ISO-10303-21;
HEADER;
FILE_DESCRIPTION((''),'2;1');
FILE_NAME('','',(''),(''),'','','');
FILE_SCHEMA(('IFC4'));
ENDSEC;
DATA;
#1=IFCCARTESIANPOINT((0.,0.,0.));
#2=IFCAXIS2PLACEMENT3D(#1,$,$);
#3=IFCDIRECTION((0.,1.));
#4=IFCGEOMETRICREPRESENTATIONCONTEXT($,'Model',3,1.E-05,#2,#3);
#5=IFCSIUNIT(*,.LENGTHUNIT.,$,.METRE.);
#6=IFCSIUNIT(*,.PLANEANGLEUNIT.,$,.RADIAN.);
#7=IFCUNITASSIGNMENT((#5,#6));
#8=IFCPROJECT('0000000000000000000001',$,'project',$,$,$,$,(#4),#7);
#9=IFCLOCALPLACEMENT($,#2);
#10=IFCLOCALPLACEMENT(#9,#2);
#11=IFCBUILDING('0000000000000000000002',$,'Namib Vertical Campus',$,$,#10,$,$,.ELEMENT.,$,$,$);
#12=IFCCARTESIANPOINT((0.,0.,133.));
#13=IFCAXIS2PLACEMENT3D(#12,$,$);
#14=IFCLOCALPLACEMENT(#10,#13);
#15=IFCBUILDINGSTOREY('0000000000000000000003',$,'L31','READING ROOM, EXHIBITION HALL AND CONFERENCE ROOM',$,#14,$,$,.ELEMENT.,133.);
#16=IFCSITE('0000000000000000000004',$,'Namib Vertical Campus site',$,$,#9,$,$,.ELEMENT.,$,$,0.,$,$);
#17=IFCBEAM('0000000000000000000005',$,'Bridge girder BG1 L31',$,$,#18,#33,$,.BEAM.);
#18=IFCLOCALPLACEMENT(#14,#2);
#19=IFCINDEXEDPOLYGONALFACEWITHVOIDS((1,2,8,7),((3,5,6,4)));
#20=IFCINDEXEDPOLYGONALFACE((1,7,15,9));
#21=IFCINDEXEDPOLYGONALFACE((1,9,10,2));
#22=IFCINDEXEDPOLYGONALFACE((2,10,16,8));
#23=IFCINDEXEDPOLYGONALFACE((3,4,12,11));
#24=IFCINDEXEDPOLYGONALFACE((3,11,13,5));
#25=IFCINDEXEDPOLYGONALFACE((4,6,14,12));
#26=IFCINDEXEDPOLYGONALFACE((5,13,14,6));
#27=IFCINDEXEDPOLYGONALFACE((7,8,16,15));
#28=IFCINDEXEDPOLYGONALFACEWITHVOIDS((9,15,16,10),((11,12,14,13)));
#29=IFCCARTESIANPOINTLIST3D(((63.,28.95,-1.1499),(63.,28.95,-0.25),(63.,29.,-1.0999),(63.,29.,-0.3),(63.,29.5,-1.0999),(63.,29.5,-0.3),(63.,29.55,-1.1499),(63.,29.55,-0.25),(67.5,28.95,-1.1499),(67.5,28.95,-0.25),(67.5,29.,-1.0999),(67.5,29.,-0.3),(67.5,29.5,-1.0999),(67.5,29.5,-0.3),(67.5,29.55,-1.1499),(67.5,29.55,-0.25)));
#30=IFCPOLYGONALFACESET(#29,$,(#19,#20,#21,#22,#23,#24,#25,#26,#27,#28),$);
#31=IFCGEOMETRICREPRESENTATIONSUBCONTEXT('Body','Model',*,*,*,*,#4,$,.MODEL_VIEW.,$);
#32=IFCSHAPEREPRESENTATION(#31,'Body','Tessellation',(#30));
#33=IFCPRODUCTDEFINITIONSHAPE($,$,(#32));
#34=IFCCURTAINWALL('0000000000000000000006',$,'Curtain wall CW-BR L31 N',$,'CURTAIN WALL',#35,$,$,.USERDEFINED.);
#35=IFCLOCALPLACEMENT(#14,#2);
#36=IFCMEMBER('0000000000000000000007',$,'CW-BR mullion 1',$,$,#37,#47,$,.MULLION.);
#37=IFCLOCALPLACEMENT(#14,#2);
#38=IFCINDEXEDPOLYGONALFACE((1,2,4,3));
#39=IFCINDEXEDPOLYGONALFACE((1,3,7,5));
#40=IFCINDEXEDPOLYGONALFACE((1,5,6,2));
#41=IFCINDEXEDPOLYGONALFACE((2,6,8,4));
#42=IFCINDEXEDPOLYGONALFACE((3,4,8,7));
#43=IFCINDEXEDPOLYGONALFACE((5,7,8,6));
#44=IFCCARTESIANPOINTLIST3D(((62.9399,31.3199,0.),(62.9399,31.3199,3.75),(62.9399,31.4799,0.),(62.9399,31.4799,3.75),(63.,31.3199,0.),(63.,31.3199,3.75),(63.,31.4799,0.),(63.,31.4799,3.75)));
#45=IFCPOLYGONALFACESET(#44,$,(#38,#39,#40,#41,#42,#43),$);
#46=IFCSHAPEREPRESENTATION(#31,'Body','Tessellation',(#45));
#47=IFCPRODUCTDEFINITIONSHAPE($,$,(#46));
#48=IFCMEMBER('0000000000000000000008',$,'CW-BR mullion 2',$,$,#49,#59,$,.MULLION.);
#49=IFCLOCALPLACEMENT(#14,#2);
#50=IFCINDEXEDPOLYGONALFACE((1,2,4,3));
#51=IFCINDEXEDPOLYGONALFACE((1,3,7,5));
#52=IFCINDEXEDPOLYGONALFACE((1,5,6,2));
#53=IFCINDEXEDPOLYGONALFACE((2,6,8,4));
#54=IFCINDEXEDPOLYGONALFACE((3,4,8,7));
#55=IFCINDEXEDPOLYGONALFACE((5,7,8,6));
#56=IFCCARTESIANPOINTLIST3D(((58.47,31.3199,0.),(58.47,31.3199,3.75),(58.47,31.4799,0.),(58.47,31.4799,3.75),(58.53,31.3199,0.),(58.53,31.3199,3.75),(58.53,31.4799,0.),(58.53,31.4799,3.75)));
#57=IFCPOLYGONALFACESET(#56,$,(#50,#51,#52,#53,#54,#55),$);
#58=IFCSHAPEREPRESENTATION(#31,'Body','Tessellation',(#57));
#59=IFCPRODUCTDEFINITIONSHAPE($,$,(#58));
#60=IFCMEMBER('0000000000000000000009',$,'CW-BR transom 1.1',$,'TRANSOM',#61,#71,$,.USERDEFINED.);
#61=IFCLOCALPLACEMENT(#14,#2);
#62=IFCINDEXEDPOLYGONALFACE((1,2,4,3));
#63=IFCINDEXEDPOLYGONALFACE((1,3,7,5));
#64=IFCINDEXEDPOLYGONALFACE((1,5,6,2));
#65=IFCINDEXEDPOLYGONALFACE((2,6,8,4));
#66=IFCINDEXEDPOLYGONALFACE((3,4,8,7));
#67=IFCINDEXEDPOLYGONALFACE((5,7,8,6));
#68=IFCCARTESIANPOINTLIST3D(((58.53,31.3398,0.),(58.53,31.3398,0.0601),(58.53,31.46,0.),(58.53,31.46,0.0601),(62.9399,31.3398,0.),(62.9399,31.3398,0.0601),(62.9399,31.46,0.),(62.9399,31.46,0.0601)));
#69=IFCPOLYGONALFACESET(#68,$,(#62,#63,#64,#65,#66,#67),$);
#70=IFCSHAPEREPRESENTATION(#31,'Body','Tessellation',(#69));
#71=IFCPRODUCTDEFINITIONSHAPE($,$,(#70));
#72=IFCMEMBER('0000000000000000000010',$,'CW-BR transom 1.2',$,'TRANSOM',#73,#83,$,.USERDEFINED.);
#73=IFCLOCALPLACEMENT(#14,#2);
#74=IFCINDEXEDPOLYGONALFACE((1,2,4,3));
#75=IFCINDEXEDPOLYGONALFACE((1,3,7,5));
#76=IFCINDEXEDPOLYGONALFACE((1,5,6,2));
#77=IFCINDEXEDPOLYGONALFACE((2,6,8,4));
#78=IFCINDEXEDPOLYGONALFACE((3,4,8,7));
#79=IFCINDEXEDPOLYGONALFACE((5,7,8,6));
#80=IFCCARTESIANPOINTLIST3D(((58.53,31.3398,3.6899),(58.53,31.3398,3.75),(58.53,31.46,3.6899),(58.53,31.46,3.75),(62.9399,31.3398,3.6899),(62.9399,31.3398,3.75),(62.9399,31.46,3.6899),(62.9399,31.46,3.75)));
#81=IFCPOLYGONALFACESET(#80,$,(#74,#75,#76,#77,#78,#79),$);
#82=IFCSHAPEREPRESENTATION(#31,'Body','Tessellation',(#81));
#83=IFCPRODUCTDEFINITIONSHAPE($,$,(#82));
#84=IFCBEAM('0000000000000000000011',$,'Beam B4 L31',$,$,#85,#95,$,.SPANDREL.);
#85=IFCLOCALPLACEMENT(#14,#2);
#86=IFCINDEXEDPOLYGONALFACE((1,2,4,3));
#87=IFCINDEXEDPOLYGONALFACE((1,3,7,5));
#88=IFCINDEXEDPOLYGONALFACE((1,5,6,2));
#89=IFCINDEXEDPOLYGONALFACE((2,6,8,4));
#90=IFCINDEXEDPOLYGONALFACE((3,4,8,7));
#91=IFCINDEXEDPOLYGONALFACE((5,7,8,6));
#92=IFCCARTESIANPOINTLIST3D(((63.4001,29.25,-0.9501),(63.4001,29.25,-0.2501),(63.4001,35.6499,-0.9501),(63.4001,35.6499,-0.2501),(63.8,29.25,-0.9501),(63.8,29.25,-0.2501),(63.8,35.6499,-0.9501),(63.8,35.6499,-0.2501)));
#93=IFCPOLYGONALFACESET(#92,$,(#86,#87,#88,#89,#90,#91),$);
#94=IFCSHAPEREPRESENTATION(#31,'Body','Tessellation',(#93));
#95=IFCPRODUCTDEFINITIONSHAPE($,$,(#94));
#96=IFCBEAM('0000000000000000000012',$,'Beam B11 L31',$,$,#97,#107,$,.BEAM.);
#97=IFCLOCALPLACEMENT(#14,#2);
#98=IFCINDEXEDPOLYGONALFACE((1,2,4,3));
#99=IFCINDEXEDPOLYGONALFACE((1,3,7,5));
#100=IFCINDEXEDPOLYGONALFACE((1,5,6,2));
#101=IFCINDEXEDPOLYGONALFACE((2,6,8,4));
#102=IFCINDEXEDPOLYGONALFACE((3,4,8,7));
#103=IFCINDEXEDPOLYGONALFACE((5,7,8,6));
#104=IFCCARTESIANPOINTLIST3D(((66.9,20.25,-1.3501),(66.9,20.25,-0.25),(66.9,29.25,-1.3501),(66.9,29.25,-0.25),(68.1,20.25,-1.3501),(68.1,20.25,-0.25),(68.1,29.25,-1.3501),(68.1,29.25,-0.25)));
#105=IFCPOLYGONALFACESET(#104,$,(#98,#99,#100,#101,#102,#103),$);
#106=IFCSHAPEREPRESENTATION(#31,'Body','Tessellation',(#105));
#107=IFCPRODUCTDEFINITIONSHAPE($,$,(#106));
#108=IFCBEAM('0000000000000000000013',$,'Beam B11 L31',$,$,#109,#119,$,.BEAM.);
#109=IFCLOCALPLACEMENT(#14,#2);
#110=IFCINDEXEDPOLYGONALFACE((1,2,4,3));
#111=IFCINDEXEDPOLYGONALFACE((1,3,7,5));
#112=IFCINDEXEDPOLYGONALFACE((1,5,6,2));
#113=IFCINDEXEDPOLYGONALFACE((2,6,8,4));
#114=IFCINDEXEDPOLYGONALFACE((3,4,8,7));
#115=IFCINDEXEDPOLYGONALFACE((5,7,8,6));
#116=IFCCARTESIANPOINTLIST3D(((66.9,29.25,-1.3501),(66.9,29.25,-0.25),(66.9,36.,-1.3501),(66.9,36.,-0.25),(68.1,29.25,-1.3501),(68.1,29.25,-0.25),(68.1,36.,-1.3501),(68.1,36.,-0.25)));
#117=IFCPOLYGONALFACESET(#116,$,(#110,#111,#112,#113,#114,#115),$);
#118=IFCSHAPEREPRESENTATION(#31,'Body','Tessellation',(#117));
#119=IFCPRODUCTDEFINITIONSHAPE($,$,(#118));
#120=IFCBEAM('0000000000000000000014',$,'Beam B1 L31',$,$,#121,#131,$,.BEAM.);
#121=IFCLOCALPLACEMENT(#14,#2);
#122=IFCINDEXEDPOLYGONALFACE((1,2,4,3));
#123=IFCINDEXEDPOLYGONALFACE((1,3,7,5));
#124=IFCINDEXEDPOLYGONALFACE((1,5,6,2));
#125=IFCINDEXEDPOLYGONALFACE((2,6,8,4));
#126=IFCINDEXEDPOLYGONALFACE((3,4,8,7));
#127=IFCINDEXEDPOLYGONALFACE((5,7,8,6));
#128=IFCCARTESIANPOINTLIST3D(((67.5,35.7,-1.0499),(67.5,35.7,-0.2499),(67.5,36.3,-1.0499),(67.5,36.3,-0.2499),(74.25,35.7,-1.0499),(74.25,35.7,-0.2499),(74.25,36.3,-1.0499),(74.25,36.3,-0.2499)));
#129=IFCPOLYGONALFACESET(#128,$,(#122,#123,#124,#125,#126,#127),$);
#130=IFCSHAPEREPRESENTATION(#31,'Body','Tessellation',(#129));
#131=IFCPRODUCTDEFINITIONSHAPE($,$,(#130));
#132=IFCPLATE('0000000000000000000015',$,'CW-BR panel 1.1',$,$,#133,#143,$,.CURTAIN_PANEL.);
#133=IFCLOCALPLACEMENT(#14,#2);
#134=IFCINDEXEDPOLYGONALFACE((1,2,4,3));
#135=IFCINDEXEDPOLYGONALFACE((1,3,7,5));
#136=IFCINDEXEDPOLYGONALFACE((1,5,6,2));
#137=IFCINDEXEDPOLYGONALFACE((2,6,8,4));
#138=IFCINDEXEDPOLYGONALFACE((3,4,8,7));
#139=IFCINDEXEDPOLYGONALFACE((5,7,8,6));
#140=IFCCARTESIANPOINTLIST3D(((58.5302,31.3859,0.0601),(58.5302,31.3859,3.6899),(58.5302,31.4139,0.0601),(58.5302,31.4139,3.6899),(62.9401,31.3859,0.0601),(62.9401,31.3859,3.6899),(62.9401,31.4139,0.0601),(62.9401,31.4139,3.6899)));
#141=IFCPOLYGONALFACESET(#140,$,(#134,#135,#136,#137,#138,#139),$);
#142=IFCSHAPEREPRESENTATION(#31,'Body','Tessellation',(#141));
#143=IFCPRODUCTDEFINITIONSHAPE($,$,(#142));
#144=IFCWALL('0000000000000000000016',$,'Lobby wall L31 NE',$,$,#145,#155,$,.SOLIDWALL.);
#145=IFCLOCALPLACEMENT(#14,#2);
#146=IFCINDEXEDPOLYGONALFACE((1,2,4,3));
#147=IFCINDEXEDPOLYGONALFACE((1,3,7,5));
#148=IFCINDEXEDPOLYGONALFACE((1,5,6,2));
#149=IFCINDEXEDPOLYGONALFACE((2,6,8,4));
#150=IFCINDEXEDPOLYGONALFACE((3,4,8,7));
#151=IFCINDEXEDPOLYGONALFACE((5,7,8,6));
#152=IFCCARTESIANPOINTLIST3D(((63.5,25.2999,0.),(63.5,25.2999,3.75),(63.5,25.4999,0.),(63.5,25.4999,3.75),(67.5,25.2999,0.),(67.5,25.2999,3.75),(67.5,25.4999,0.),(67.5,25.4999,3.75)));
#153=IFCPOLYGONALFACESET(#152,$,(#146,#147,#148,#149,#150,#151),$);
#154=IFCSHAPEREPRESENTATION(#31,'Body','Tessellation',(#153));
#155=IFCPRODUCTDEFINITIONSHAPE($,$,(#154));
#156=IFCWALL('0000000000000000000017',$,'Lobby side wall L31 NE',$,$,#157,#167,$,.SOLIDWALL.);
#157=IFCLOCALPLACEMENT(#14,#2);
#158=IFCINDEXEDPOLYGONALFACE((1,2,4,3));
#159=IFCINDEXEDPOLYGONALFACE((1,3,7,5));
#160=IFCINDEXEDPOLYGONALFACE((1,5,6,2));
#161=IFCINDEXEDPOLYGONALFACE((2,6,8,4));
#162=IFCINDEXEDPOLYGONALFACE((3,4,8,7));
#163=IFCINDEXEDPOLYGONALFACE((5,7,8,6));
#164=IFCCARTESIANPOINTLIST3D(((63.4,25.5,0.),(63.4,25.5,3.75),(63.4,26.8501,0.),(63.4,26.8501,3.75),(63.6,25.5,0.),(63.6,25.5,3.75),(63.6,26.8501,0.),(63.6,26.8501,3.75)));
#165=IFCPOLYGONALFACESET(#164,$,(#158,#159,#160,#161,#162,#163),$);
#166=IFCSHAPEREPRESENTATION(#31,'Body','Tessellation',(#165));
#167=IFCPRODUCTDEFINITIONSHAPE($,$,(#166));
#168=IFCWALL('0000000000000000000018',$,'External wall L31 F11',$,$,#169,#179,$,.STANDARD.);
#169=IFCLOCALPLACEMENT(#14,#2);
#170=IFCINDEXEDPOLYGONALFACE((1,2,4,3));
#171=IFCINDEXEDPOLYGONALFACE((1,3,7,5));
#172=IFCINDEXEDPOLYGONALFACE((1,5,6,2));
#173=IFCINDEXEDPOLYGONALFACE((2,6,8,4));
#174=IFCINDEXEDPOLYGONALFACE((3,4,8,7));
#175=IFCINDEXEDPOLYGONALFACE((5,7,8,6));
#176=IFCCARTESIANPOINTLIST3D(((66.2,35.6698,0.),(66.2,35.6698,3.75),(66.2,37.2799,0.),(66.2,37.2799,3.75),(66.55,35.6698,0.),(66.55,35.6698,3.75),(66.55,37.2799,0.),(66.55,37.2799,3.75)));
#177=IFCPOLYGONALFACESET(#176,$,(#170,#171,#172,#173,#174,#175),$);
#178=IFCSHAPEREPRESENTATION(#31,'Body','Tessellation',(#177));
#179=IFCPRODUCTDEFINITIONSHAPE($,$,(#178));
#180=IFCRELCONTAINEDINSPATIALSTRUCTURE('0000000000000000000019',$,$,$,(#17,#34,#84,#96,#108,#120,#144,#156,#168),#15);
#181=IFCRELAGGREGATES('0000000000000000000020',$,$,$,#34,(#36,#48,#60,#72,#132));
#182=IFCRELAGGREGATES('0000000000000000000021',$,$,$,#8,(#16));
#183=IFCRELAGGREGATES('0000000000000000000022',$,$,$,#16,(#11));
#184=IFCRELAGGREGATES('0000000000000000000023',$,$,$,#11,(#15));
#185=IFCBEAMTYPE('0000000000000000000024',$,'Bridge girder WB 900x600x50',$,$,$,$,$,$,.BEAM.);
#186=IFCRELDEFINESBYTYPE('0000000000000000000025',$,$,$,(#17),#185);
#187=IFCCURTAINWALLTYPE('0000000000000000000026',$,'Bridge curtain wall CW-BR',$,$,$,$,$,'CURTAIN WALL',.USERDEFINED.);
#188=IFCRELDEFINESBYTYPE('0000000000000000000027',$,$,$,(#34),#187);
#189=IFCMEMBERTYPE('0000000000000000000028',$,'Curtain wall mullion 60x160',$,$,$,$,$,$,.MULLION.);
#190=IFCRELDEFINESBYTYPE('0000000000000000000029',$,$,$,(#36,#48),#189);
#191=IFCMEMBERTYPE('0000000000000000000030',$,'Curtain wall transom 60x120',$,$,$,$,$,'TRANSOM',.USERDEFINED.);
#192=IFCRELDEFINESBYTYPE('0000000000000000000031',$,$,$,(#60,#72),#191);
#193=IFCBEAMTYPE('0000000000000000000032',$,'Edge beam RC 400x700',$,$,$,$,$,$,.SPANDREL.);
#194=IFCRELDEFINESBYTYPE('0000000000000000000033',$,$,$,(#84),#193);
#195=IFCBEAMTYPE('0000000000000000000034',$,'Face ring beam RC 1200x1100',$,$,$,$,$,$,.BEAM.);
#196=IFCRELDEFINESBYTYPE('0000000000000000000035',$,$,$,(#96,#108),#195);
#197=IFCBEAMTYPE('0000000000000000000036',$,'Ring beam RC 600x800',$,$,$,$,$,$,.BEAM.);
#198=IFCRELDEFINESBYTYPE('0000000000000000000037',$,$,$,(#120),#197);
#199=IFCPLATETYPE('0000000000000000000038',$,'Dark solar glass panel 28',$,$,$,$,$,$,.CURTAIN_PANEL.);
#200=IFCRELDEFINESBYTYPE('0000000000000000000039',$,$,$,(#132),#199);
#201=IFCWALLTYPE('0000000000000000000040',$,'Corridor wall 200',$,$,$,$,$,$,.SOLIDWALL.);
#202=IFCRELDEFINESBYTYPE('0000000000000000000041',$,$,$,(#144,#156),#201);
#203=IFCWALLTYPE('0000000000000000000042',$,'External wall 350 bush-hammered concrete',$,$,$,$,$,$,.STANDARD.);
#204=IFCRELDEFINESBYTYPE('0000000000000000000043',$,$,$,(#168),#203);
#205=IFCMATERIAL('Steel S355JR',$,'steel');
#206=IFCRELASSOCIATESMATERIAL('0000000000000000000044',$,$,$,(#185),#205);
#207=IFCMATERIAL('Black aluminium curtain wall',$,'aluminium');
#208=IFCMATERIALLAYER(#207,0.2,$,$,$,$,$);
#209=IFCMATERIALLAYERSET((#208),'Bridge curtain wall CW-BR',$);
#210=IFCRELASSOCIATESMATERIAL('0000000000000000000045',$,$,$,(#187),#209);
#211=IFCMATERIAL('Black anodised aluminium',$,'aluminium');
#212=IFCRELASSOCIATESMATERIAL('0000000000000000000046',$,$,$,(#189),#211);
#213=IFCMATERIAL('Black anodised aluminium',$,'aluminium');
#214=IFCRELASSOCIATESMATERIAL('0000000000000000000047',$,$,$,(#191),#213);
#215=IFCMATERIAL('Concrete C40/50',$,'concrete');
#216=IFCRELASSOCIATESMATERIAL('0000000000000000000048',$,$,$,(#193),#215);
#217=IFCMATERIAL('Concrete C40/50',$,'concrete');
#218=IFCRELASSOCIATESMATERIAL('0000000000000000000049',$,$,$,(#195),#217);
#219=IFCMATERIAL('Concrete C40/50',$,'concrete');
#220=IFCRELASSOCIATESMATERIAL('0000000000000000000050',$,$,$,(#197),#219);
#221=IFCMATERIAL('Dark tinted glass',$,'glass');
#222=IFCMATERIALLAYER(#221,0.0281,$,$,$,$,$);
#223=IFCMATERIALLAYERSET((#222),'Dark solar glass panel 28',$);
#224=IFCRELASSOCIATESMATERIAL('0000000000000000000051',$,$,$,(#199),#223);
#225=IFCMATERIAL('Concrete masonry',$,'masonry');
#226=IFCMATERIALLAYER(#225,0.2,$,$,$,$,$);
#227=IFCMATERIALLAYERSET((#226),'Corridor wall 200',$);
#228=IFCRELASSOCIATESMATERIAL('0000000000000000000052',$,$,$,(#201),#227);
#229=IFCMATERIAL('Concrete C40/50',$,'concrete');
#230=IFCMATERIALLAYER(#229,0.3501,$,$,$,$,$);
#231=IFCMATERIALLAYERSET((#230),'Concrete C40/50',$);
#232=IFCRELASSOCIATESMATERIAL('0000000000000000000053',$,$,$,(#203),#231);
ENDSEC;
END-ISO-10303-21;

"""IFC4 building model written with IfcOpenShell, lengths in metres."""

from ifc_helpers import new_model, si_unit, direction, frame, frame_2d, origin, origin_2d, place, context, subcontext, project, spatial, rectangle, hollow_rectangle, extrude, material, layer, layer_set, material_profile, profile_set, type_object, element, aggregate, save


model = new_model("IFC4")

# Units and contexts
model_context = context("Model", 3, precision=1e-05, world=origin(), true_north=direction((0.0, 1.0)))
body_context = subcontext(model_context, "Body", "Model", "MODEL_VIEW")
ifc_project = project(units=[si_unit("LENGTHUNIT", "METRE"), si_unit("PLANEANGLEUNIT", "RADIAN")], contexts=[model_context])

# Site, building, storey
site_placement = place(None, origin())
site = spatial("IfcSite", under=ifc_project, at=site_placement, Name="Namib Vertical Campus site", CompositionType="ELEMENT", RefElevation=0.0)
building_placement = place(site_placement, origin())
building = spatial("IfcBuilding", under=site, at=building_placement, Name="Namib Vertical Campus", CompositionType="ELEMENT")
storey_placement = place(building_placement, frame((0.0, 0.0, 133.0)))
storey = spatial("IfcBuildingStorey", under=building, at=storey_placement, Name="L31", Description="READING ROOM, EXHIBITION HALL AND CONFERENCE ROOM", CompositionType="ELEMENT", Elevation=133.0)

# Beam
ifc_material_1 = material(Name="Steel S355JR", Category="steel")
ifc_material_profile_1 = material_profile(ifc_material_1, hollow_rectangle(XDim=0.6001, YDim=0.8999, WallThickness=0.05, at=origin_2d()))
ifc_profile_set_1 = profile_set([ifc_material_profile_1], Name="Steel S355JR")
beam_type_1 = type_object("IfcBeamType", Name="Bridge girder WB 900x600x50", PredefinedType="BEAM", material=ifc_profile_set_1)
for number, where, z_axis, x_axis, name in (
    (1, (63.0, 29.25, -0.7), (1.0, 0.0, 0.0), (0.0, 1.0, 0.0), "Bridge girder BG1 L31"),
):
    element("IfcBeam", number, at=place(storey_placement, frame(where, z_axis=z_axis, x_axis=x_axis)), inside=storey, type_object=beam_type_1, Name=name, PredefinedType="BEAM", context=body_context, shape_type="SweptSolid", body=[
        extrude(hollow_rectangle(XDim=0.6001, YDim=0.8999, WallThickness=0.05, at=origin_2d()), origin(), (0.0, 0.0, 1.0), 4.5),
    ])

# Curtain wall, members
ifc_material_2 = material(Name="Black aluminium curtain wall", Category="aluminium")
ifc_layer_1 = layer(ifc_material_2, 0.2)
ifc_layer_set_1 = layer_set([ifc_layer_1], Name="Bridge curtain wall CW-BR")
curtain_wall_type = type_object("IfcCurtainWallType", Name="Bridge curtain wall CW-BR", ElementType="CURTAIN WALL", PredefinedType="USERDEFINED", material=ifc_layer_set_1)
curtain_wall_placement = place(storey_placement, origin())
curtain_wall = element("IfcCurtainWall", 2, at=curtain_wall_placement, inside=storey, type_object=curtain_wall_type, Name="Curtain wall CW-BR L31 N", ObjectType="CURTAIN WALL", PredefinedType="USERDEFINED")
ifc_material_3 = material(Name="Black anodised aluminium", Category="aluminium")
ifc_material_profile_2 = material_profile(ifc_material_3, rectangle(XDim=0.0601, YDim=0.1599, at=origin_2d()))
ifc_profile_set_2 = profile_set([ifc_material_profile_2], Name="Black anodised aluminium")
member_type_1 = type_object("IfcMemberType", Name="Curtain wall mullion 60x160", PredefinedType="MULLION", material=ifc_profile_set_2)
member_1_placement = place(storey_placement, frame((62.97, 31.3999, 0.0), z_axis=(0.0, 0.0, 1.0), x_axis=(-1.0, 0.0, 0.0)))
member_1 = element("IfcMember", 3, at=member_1_placement, type_object=member_type_1, Name="CW-BR mullion 1", PredefinedType="MULLION", context=body_context, shape_type="SweptSolid", body=[
    extrude(rectangle(XDim=0.0601, YDim=0.1599, at=origin_2d()), origin(), (0.0, 0.0, 1.0), 3.75),
])
member_2_placement = place(storey_placement, frame((58.5, 31.3999, 0.0), z_axis=(0.0, 0.0, 1.0), x_axis=(-1.0, 0.0, 0.0)))
member_2 = element("IfcMember", 4, at=member_2_placement, type_object=member_type_1, Name="CW-BR mullion 2", PredefinedType="MULLION", context=body_context, shape_type="SweptSolid", body=[
    extrude(rectangle(XDim=0.0601, YDim=0.1599, at=origin_2d()), origin(), (0.0, 0.0, 1.0), 3.75),
])
ifc_material_4 = material(Name="Black anodised aluminium", Category="aluminium")
ifc_material_profile_3 = material_profile(ifc_material_4, rectangle(XDim=0.0601, YDim=0.1201, at=origin_2d()))
ifc_profile_set_3 = profile_set([ifc_material_profile_3], Name="Black anodised aluminium")
member_type_2 = type_object("IfcMemberType", Name="Curtain wall transom 60x120", ElementType="TRANSOM", PredefinedType="USERDEFINED", material=ifc_profile_set_3)
member_3_placement = place(storey_placement, frame((62.9399, 31.3999, 0.03), z_axis=(-1.0, 0.0, 0.0), x_axis=(0.0, 0.0, 1.0)))
member_3 = element("IfcMember", 5, at=member_3_placement, type_object=member_type_2, Name="CW-BR transom 1.1", ObjectType="TRANSOM", PredefinedType="USERDEFINED", context=body_context, shape_type="SweptSolid", body=[
    extrude(rectangle(XDim=0.0601, YDim=0.1201, at=origin_2d()), origin(), (0.0, 0.0, 1.0), 4.4099),
])
member_4_placement = place(storey_placement, frame((62.9399, 31.3999, 3.72), z_axis=(-1.0, 0.0, 0.0), x_axis=(0.0, 0.0, 1.0)))
member_4 = element("IfcMember", 6, at=member_4_placement, type_object=member_type_2, Name="CW-BR transom 1.2", ObjectType="TRANSOM", PredefinedType="USERDEFINED", context=body_context, shape_type="SweptSolid", body=[
    extrude(rectangle(XDim=0.0601, YDim=0.1201, at=origin_2d()), origin(), (0.0, 0.0, 1.0), 4.4099),
])

# Beams
ifc_material_5 = material(Name="Concrete C40/50", Category="concrete")
ifc_material_profile_4 = material_profile(ifc_material_5, rectangle(XDim=0.3999, YDim=0.7, at=origin_2d()))
ifc_profile_set_4 = profile_set([ifc_material_profile_4], Name="Concrete C40/50")
beam_type_2 = type_object("IfcBeamType", Name="Edge beam RC 400x700", PredefinedType="SPANDREL", material=ifc_profile_set_4)
beam_1_placement = place(storey_placement, frame((63.6001, 29.25, -0.6001), z_axis=(0.0, 1.0, 0.0), x_axis=(-1.0, 0.0, 0.0)))
element("IfcBeam", 7, at=beam_1_placement, inside=storey, type_object=beam_type_2, Name="Beam B4 L31", PredefinedType="SPANDREL", context=body_context, shape_type="SweptSolid", body=[
    extrude(rectangle(XDim=0.3999, YDim=0.7, at=origin_2d()), origin(), (0.0, 0.0, 1.0), 6.3999),
])
ifc_material_6 = material(Name="Concrete C40/50", Category="concrete")
ifc_material_profile_5 = material_profile(ifc_material_6, rectangle(XDim=1.2, YDim=1.1001, at=origin_2d()))
ifc_profile_set_5 = profile_set([ifc_material_profile_5], Name="Concrete C40/50")
beam_type_3 = type_object("IfcBeamType", Name="Face ring beam RC 1200x1100", PredefinedType="BEAM", material=ifc_profile_set_5)
beam_2_placement = place(storey_placement, frame((67.5, 20.25, -0.8), z_axis=(0.0, 1.0, 0.0), x_axis=(-1.0, 0.0, 0.0)))
element("IfcBeam", 8, at=beam_2_placement, inside=storey, type_object=beam_type_3, Name="Beam B11 L31", PredefinedType="BEAM", context=body_context, shape_type="SweptSolid", body=[
    extrude(rectangle(XDim=1.2, YDim=1.1001, at=origin_2d()), origin(), (0.0, 0.0, 1.0), 9.0),
])
beam_3_placement = place(storey_placement, frame((67.5, 29.25, -0.8), z_axis=(0.0, 1.0, 0.0), x_axis=(-1.0, 0.0, 0.0)))
element("IfcBeam", 9, at=beam_3_placement, inside=storey, type_object=beam_type_3, Name="Beam B11 L31", PredefinedType="BEAM", context=body_context, shape_type="SweptSolid", body=[
    extrude(rectangle(XDim=1.2, YDim=1.1001, at=origin_2d()), origin(), (0.0, 0.0, 1.0), 6.75),
])
ifc_material_7 = material(Name="Concrete C40/50", Category="concrete")
ifc_material_profile_6 = material_profile(ifc_material_7, rectangle(XDim=0.6001, YDim=0.8, at=origin_2d()))
ifc_profile_set_6 = profile_set([ifc_material_profile_6], Name="Concrete C40/50")
beam_type_4 = type_object("IfcBeamType", Name="Ring beam RC 600x800", PredefinedType="BEAM", material=ifc_profile_set_6)
beam_4_placement = place(storey_placement, frame((67.5, 36.0, -0.6499), z_axis=(1.0, 0.0, 0.0), x_axis=(0.0, 1.0, 0.0)))
element("IfcBeam", 10, at=beam_4_placement, inside=storey, type_object=beam_type_4, Name="Beam B1 L31", PredefinedType="BEAM", context=body_context, shape_type="SweptSolid", body=[
    extrude(rectangle(XDim=0.6001, YDim=0.8, at=origin_2d()), origin(), (0.0, 0.0, 1.0), 6.75),
])

# Plate
ifc_material_8 = material(Name="Dark tinted glass", Category="glass")
ifc_layer_2 = layer(ifc_material_8, 0.0281)
ifc_layer_set_2 = layer_set([ifc_layer_2], Name="Dark solar glass panel 28")
plate_type = type_object("IfcPlateType", Name="Dark solar glass panel 28", PredefinedType="CURTAIN_PANEL", material=ifc_layer_set_2)
plate_placement = place(storey_placement, frame((60.7351, 31.3999, 0.0601), z_axis=(0.0, 0.0, 1.0), x_axis=(-1.0, 0.0, 0.0)))
plate = element("IfcPlate", 11, at=plate_placement, type_object=plate_type, Name="CW-BR panel 1.1", PredefinedType="CURTAIN_PANEL", context=body_context, shape_type="SweptSolid", body=[
    extrude(rectangle(XDim=4.4099, YDim=0.0281, at=origin_2d()), origin(), (0.0, 0.0, 1.0), 3.6299),
])
aggregate(curtain_wall, [member_1, member_2, member_3, member_4, plate])

# Walls
ifc_material_9 = material(Name="Concrete masonry", Category="masonry")
ifc_layer_3 = layer(ifc_material_9, 0.2)
ifc_layer_set_3 = layer_set([ifc_layer_3], Name="Corridor wall 200")
wall_type_1 = type_object("IfcWallType", Name="Corridor wall 200", PredefinedType="SOLIDWALL", material=ifc_layer_set_3)
wall_1_placement = place(storey_placement, frame((63.5, 25.3999, 0.0), z_axis=(0.0, 0.0, 1.0), x_axis=(1.0, 0.0, 0.0)))
element("IfcWall", 12, at=wall_1_placement, inside=storey, type_object=wall_type_1, Name="Lobby wall L31 NE", PredefinedType="SOLIDWALL", context=body_context, shape_type="SweptSolid", body=[
    extrude(rectangle(XDim=4.0, YDim=0.2, at=frame_2d((2.0, 0.0))), origin(), (0.0, 0.0, 1.0), 3.75),
])
wall_2_placement = place(storey_placement, frame((63.5, 26.8501, 0.0), z_axis=(0.0, 0.0, 1.0), x_axis=(0.0, -1.0, 0.0)))
element("IfcWall", 13, at=wall_2_placement, inside=storey, type_object=wall_type_1, Name="Lobby side wall L31 NE", PredefinedType="SOLIDWALL", context=body_context, shape_type="SweptSolid", body=[
    extrude(rectangle(XDim=1.3501, YDim=0.2, at=frame_2d((0.675, 0.0))), origin(), (0.0, 0.0, 1.0), 3.75),
])
ifc_material_10 = material(Name="Concrete C40/50", Category="concrete")
ifc_layer_4 = layer(ifc_material_10, 0.3501)
ifc_layer_set_4 = layer_set([ifc_layer_4], Name="Concrete C40/50")
wall_type_2 = type_object("IfcWallType", Name="External wall 350 bush-hammered concrete", PredefinedType="STANDARD", material=ifc_layer_set_4)
wall_3_placement = place(storey_placement, frame((66.375, 37.28, 0.0), z_axis=(0.0, 0.0, 1.0), x_axis=(0.0, -1.0, 0.0)))
element("IfcWall", 14, at=wall_3_placement, inside=storey, type_object=wall_type_2, Name="External wall L31 F11", PredefinedType="STANDARD", context=body_context, shape_type="SweptSolid", body=[
    extrude(rectangle(XDim=1.6101, YDim=0.3501, at=frame_2d((0.8052, 0.0))), origin(), (0.0, 0.0, 1.0), 3.75),
])

save(model, "model.ifc")
